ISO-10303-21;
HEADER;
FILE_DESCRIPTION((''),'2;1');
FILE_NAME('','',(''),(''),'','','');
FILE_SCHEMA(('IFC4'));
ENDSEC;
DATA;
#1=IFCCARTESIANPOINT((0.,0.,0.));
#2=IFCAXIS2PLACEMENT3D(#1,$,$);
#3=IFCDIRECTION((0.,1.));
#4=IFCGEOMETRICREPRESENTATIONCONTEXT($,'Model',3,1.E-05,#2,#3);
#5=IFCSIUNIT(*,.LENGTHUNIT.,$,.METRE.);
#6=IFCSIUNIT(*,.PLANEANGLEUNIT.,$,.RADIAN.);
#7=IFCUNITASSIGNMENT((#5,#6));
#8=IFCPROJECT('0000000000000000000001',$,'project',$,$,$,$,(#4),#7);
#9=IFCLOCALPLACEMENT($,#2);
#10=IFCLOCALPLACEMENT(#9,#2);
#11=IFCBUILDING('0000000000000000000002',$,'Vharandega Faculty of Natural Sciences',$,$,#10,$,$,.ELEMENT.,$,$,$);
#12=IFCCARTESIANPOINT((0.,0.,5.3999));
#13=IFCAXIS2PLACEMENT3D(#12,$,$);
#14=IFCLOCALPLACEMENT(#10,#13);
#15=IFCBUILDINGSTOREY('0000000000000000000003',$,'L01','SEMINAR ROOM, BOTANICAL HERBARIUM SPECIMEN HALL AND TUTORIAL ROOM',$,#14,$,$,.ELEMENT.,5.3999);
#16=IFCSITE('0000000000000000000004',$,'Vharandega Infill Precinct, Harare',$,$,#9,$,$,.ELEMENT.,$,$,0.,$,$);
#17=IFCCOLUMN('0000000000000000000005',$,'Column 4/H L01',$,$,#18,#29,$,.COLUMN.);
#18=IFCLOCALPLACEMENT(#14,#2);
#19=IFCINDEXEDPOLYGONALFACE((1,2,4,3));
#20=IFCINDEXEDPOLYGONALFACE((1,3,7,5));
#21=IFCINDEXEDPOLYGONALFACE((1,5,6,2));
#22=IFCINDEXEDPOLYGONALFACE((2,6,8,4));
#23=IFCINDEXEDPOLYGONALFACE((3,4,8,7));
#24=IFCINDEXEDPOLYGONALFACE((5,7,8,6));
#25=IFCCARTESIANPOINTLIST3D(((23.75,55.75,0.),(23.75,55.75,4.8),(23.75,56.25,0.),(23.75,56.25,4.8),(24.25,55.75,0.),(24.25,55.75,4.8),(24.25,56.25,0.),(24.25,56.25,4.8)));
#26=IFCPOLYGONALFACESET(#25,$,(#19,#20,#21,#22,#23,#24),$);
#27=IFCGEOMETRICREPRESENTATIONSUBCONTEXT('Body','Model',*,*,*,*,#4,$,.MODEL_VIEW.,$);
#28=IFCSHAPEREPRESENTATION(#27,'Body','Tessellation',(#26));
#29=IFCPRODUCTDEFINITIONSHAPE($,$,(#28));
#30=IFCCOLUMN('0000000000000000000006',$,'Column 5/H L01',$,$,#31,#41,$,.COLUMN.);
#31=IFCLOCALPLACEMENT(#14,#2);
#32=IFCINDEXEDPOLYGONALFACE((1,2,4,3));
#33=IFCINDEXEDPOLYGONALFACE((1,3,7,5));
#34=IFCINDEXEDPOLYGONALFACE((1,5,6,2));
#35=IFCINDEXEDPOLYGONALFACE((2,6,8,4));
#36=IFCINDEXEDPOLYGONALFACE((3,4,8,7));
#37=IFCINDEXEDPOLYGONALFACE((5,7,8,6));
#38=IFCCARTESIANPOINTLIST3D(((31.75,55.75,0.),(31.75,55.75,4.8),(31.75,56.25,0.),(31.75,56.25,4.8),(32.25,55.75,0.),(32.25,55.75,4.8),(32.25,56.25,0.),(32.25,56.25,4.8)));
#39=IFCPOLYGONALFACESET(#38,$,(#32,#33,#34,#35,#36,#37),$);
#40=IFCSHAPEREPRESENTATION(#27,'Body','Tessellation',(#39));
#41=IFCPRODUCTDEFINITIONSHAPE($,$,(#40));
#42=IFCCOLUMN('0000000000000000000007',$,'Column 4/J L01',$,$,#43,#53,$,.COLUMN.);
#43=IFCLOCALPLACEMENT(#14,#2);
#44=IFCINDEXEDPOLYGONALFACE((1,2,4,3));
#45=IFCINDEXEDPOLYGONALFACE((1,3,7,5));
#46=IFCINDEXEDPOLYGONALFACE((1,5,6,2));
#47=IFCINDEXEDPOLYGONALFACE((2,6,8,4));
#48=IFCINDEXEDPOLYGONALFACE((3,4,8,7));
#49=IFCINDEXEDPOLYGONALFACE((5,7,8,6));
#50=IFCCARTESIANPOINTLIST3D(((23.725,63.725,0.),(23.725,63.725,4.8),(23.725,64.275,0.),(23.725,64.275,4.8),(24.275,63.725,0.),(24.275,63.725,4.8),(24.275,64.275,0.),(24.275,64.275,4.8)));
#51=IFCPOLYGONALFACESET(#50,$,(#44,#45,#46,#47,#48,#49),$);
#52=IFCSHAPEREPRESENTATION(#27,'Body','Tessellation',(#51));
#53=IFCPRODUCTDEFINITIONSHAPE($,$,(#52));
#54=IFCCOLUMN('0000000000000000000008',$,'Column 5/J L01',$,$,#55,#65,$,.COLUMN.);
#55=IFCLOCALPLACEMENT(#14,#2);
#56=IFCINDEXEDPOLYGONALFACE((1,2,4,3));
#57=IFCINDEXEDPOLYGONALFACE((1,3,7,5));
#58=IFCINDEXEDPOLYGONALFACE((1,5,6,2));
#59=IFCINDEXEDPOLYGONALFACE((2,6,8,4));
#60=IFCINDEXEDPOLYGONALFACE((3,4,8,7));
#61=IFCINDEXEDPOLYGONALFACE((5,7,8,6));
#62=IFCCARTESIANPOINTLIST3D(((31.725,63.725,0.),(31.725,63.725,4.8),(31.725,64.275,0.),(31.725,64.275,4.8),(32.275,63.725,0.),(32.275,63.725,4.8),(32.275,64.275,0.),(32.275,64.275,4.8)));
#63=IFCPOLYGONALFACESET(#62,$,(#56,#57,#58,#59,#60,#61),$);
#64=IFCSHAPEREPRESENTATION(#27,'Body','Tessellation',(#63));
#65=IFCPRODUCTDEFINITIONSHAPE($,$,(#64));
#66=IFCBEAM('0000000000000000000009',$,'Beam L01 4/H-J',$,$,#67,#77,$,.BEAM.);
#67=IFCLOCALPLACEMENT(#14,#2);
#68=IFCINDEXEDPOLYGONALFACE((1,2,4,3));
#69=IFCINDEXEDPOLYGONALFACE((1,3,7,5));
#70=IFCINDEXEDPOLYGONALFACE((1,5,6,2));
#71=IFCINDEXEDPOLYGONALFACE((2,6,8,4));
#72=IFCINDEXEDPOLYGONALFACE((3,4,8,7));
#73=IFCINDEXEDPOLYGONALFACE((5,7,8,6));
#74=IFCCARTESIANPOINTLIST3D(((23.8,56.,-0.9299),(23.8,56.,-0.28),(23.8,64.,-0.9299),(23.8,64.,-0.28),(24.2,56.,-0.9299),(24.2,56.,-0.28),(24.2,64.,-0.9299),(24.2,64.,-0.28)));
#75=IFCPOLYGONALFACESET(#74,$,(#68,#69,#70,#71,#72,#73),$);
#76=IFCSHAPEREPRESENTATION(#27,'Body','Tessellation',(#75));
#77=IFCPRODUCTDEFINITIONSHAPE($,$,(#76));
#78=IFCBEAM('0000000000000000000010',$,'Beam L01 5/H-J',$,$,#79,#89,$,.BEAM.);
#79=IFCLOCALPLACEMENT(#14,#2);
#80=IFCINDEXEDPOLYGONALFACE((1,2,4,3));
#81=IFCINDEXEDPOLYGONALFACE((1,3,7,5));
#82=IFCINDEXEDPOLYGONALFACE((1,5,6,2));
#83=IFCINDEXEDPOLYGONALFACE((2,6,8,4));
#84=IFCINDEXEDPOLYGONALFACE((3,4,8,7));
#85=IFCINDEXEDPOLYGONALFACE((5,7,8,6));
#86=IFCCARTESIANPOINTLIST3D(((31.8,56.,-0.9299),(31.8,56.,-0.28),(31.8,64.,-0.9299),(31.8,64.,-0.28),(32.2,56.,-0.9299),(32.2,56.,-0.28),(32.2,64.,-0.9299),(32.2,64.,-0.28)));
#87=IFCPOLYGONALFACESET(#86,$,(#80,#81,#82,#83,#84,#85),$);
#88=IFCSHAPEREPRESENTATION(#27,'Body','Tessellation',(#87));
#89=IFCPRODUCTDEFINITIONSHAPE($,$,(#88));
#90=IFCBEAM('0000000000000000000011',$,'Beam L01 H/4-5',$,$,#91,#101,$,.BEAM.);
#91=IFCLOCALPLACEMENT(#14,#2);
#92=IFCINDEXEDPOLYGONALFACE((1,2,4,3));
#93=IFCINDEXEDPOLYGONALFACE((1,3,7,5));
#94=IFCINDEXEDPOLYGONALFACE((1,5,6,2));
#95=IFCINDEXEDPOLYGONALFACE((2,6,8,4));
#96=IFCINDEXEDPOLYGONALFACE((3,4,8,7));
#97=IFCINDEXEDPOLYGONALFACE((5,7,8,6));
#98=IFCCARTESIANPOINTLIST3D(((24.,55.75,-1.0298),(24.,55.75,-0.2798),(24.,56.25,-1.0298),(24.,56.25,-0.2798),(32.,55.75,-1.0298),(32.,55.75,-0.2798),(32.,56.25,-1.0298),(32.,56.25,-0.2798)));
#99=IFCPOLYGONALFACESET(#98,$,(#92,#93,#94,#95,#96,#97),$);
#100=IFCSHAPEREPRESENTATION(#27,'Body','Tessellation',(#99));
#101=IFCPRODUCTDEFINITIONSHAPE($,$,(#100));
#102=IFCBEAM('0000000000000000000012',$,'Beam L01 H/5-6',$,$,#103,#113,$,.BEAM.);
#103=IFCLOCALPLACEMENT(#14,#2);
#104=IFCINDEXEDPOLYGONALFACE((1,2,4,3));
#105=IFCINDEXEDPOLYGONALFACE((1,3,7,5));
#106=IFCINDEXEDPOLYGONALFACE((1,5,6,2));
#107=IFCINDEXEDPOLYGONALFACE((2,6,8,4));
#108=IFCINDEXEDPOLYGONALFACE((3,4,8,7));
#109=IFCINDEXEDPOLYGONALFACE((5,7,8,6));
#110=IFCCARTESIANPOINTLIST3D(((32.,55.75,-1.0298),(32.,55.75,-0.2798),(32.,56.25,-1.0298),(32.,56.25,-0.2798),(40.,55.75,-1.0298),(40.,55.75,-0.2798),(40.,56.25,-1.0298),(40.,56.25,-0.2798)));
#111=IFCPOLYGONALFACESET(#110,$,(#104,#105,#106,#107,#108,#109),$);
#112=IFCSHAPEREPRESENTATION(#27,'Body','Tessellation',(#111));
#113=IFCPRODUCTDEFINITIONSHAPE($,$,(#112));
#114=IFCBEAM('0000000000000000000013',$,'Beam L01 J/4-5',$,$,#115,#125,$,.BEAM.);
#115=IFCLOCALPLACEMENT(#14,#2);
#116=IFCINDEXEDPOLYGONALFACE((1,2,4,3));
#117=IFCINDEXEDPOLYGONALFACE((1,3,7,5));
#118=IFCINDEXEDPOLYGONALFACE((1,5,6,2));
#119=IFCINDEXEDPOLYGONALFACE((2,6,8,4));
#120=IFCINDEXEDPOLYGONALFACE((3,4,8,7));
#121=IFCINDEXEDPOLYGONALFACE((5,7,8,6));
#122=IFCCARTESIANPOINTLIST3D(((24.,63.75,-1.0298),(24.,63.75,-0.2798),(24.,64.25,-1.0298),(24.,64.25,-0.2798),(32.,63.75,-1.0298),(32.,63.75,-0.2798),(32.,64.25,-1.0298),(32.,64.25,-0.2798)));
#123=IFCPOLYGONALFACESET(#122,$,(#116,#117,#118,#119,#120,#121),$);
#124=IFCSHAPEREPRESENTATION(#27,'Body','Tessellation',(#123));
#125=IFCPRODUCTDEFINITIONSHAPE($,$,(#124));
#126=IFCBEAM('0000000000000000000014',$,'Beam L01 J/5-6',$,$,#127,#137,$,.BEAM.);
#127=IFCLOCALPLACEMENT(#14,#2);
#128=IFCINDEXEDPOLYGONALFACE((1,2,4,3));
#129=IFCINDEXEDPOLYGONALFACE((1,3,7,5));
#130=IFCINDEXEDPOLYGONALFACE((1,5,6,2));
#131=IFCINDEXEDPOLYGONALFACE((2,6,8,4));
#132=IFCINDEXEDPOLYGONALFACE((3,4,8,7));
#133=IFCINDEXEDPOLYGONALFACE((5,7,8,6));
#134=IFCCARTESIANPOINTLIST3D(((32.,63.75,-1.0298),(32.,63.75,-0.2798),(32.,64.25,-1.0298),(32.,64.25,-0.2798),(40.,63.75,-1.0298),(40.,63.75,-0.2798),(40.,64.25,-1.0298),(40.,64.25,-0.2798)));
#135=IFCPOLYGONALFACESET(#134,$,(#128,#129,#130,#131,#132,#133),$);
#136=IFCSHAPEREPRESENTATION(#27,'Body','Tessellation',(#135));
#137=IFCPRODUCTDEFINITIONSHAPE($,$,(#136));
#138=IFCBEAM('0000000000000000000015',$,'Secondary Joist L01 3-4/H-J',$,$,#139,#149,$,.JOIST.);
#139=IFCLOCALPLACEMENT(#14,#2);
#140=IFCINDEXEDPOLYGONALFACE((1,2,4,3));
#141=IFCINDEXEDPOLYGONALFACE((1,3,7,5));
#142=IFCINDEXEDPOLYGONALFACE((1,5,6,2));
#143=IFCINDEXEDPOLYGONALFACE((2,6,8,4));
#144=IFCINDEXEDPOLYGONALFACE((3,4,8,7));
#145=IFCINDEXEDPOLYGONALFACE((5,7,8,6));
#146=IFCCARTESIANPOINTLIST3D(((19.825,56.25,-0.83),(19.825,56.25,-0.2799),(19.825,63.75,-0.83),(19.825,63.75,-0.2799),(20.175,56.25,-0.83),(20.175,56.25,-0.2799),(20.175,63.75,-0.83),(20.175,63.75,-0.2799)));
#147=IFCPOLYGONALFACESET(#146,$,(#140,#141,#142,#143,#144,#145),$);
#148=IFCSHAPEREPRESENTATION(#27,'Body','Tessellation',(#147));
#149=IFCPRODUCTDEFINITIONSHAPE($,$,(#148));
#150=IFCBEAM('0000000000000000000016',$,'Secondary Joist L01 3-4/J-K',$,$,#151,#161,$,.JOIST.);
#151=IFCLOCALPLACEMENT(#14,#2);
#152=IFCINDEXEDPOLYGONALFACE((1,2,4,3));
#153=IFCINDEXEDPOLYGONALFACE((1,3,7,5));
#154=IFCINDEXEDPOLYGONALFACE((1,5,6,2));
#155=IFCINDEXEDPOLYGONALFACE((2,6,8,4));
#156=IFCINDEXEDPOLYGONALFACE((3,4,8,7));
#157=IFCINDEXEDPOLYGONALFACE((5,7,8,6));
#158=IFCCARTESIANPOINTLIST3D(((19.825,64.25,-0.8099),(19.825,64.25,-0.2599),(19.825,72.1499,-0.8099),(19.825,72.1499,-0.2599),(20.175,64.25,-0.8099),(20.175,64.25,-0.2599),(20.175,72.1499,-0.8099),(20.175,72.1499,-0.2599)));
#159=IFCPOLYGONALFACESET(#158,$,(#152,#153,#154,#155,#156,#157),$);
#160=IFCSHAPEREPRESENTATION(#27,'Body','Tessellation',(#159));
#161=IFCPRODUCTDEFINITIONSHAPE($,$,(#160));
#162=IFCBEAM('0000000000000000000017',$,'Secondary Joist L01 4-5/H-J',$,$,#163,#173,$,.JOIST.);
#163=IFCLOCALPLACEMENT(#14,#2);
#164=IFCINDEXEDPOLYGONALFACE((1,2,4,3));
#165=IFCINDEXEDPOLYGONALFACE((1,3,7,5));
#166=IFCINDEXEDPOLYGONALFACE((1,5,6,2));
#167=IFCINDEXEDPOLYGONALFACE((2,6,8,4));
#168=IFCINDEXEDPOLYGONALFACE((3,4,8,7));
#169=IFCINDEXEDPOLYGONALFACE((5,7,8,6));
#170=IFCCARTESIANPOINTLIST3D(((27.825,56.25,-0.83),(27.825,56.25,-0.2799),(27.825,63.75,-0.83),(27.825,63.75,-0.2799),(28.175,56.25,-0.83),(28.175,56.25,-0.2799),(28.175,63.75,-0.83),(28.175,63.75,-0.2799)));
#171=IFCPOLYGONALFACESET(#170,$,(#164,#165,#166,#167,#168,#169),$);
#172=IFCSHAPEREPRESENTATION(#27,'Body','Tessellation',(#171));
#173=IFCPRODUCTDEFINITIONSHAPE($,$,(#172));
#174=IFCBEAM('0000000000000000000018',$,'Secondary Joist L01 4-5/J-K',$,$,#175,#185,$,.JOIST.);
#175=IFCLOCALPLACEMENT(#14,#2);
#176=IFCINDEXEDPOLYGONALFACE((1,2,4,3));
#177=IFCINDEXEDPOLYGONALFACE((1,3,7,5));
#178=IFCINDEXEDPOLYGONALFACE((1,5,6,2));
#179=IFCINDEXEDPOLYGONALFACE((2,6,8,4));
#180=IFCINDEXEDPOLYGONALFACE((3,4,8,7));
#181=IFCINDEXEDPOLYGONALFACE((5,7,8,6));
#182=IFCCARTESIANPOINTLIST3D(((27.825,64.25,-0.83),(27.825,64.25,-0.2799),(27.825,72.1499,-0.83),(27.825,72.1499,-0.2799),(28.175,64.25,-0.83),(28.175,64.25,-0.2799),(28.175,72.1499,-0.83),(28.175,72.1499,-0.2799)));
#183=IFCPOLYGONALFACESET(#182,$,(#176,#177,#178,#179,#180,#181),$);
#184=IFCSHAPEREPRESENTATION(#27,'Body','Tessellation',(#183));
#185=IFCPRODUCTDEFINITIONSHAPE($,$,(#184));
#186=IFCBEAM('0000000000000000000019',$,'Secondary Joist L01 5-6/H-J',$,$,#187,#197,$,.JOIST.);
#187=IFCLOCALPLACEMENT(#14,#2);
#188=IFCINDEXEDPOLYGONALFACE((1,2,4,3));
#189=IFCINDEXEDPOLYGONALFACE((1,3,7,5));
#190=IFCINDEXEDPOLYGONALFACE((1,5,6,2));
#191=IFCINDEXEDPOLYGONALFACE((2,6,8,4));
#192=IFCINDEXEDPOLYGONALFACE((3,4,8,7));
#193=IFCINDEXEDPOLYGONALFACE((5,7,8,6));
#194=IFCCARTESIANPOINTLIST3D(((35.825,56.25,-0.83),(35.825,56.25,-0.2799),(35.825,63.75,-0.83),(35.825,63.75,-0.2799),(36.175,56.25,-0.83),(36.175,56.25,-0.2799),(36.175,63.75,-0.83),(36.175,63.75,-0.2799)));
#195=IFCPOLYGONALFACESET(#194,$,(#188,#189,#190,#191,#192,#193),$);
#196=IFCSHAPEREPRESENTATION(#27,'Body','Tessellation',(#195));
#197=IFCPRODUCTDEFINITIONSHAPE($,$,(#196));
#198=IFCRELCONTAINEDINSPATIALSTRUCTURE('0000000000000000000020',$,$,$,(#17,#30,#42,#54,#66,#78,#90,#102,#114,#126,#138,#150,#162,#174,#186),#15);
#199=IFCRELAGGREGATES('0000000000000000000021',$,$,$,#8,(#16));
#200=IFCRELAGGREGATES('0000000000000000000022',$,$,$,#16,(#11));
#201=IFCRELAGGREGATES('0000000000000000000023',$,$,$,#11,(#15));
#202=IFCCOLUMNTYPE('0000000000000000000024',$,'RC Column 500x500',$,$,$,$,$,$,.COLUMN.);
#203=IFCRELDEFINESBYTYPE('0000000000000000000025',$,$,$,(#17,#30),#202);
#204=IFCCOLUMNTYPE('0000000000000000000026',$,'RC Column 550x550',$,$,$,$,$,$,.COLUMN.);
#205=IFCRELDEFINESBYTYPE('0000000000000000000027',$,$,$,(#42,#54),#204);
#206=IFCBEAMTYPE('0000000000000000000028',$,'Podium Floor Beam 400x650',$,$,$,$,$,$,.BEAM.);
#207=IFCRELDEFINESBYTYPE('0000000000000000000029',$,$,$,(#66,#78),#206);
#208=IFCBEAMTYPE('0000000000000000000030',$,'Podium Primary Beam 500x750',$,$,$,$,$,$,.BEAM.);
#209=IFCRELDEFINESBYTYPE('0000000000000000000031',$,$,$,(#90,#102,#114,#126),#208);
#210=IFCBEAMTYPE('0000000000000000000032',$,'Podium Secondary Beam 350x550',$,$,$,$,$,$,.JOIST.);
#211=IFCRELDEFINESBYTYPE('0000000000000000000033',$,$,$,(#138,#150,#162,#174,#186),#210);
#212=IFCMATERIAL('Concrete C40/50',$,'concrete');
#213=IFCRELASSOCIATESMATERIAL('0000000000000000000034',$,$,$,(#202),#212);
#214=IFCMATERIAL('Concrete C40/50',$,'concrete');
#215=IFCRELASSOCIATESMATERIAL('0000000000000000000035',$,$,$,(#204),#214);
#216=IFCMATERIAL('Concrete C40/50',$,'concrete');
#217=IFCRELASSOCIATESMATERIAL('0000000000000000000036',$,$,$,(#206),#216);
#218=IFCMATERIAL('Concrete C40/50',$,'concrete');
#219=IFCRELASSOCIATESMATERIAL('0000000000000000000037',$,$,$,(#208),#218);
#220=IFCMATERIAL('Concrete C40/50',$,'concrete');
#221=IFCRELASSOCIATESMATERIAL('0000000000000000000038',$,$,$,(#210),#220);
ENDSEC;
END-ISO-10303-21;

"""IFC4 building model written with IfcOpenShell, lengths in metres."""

from ifc_helpers import new_model, si_unit, direction, frame, origin, origin_2d, place, context, subcontext, project, spatial, rectangle, extrude, material, material_profile, profile_set, type_object, element, save


model = new_model("IFC4")

# Units and contexts
model_context = context("Model", 3, precision=1e-05, world=origin(), true_north=direction((0.0, 1.0)))
body_context = subcontext(model_context, "Body", "Model", "MODEL_VIEW")
ifc_project = project(units=[si_unit("LENGTHUNIT", "METRE"), si_unit("PLANEANGLEUNIT", "RADIAN")], contexts=[model_context])

# Site, building, storey
site_placement = place(None, origin())
site = spatial("IfcSite", under=ifc_project, at=site_placement, Name="Vharandega Infill Precinct, Harare", CompositionType="ELEMENT", RefElevation=0.0)
building_placement = place(site_placement, origin())
building = spatial("IfcBuilding", under=site, at=building_placement, Name="Vharandega Faculty of Natural Sciences", CompositionType="ELEMENT")
storey_placement = place(building_placement, frame((0.0, 0.0, 5.3999)))
storey = spatial("IfcBuildingStorey", under=building, at=storey_placement, Name="L01", Description="SEMINAR ROOM, BOTANICAL HERBARIUM SPECIMEN HALL AND TUTORIAL ROOM", CompositionType="ELEMENT", Elevation=5.3999)

# Columns
ifc_material_1 = material(Name="Concrete C40/50", Category="concrete")
ifc_material_profile_1 = material_profile(ifc_material_1, rectangle(XDim=0.5, YDim=0.5, at=origin_2d()), Name="RC 500x500")
ifc_profile_set_1 = profile_set([ifc_material_profile_1], Name="Concrete C40/50")
column_type_1 = type_object("IfcColumnType", Name="RC Column 500x500", PredefinedType="COLUMN", material=ifc_profile_set_1)
for number, where, z_axis, x_axis, name in (
    (1, (24.0, 56.0, 0.0), (0.0, 0.0, 1.0), (1.0, 0.0, 0.0), "Column 4/H L01"),
    (2, (32.0, 56.0, 0.0), (0.0, 0.0, 1.0), (1.0, 0.0, 0.0), "Column 5/H L01"),
):
    element("IfcColumn", number, at=place(storey_placement, frame(where, z_axis=z_axis, x_axis=x_axis)), inside=storey, type_object=column_type_1, Name=name, PredefinedType="COLUMN", context=body_context, shape_type="SweptSolid", body=[
        extrude(rectangle(XDim=0.5, YDim=0.5, at=origin_2d()), origin(), (0.0, 0.0, 1.0), 4.8),
    ])
ifc_material_2 = material(Name="Concrete C40/50", Category="concrete")
ifc_material_profile_2 = material_profile(ifc_material_2, rectangle(XDim=0.55, YDim=0.55, at=origin_2d()), Name="RC 550x550")
ifc_profile_set_2 = profile_set([ifc_material_profile_2], Name="Concrete C40/50")
column_type_2 = type_object("IfcColumnType", Name="RC Column 550x550", PredefinedType="COLUMN", material=ifc_profile_set_2)
for number, where, z_axis, x_axis, name in (
    (3, (24.0, 64.0, 0.0), (0.0, 0.0, 1.0), (1.0, 0.0, 0.0), "Column 4/J L01"),
    (4, (32.0, 64.0, 0.0), (0.0, 0.0, 1.0), (1.0, 0.0, 0.0), "Column 5/J L01"),
):
    element("IfcColumn", number, at=place(storey_placement, frame(where, z_axis=z_axis, x_axis=x_axis)), inside=storey, type_object=column_type_2, Name=name, PredefinedType="COLUMN", context=body_context, shape_type="SweptSolid", body=[
        extrude(rectangle(XDim=0.55, YDim=0.55, at=origin_2d()), origin(), (0.0, 0.0, 1.0), 4.8),
    ])

# Beams
ifc_material_3 = material(Name="Concrete C40/50", Category="concrete")
ifc_material_profile_3 = material_profile(ifc_material_3, rectangle(XDim=0.3999, YDim=0.6499, at=origin_2d()), Name="RC 400x650")
ifc_profile_set_3 = profile_set([ifc_material_profile_3], Name="Concrete C40/50")
beam_type_1 = type_object("IfcBeamType", Name="Podium Floor Beam 400x650", PredefinedType="BEAM", material=ifc_profile_set_3)
for number, where, z_axis, x_axis, name in (
    (5, (24.0, 56.0, -0.605), (0.0, 1.0, 0.0), (-1.0, 0.0, 0.0), "Beam L01 4/H-J"),
    (6, (32.0, 56.0, -0.605), (0.0, 1.0, 0.0), (-1.0, 0.0, 0.0), "Beam L01 5/H-J"),
):
    element("IfcBeam", number, at=place(storey_placement, frame(where, z_axis=z_axis, x_axis=x_axis)), inside=storey, type_object=beam_type_1, Name=name, PredefinedType="BEAM", context=body_context, shape_type="SweptSolid", body=[
        extrude(rectangle(XDim=0.3999, YDim=0.6499, at=origin_2d()), origin(), (0.0, 0.0, 1.0), 8.0),
    ])
ifc_material_4 = material(Name="Concrete C40/50", Category="concrete")
ifc_material_profile_4 = material_profile(ifc_material_4, rectangle(XDim=0.5, YDim=0.75, at=origin_2d()), Name="RC 500x750")
ifc_profile_set_4 = profile_set([ifc_material_profile_4], Name="Concrete C40/50")
beam_type_2 = type_object("IfcBeamType", Name="Podium Primary Beam 500x750", PredefinedType="BEAM", material=ifc_profile_set_4)
for number, where, z_axis, x_axis, name in (
    (7, (24.0, 56.0, -0.6548), (1.0, 0.0, 0.0), (0.0, 1.0, 0.0), "Beam L01 H/4-5"),
    (8, (32.0, 56.0, -0.6548), (1.0, 0.0, 0.0), (0.0, 1.0, 0.0), "Beam L01 H/5-6"),
    (9, (24.0, 64.0, -0.6548), (1.0, 0.0, 0.0), (0.0, 1.0, 0.0), "Beam L01 J/4-5"),
    (10, (32.0, 64.0, -0.6548), (1.0, 0.0, 0.0), (0.0, 1.0, 0.0), "Beam L01 J/5-6"),
):
    element("IfcBeam", number, at=place(storey_placement, frame(where, z_axis=z_axis, x_axis=x_axis)), inside=storey, type_object=beam_type_2, Name=name, PredefinedType="BEAM", context=body_context, shape_type="SweptSolid", body=[
        extrude(rectangle(XDim=0.5, YDim=0.75, at=origin_2d()), origin(), (0.0, 0.0, 1.0), 8.0),
    ])
ifc_material_5 = material(Name="Concrete C40/50", Category="concrete")
ifc_material_profile_5 = material_profile(ifc_material_5, rectangle(XDim=0.3501, YDim=0.55, at=origin_2d()), Name="RC 350x550")
ifc_profile_set_5 = profile_set([ifc_material_profile_5], Name="Concrete C40/50")
beam_type_3 = type_object("IfcBeamType", Name="Podium Secondary Beam 350x550", PredefinedType="JOIST", material=ifc_profile_set_5)
beam_1_placement = place(storey_placement, frame((20.0, 56.25, -0.5549), z_axis=(0.0, 1.0, 0.0), x_axis=(-1.0, 0.0, 0.0)))
element("IfcBeam", 11, at=beam_1_placement, inside=storey, type_object=beam_type_3, Name="Secondary Joist L01 3-4/H-J", PredefinedType="JOIST", context=body_context, shape_type="SweptSolid", body=[
    extrude(rectangle(XDim=0.3501, YDim=0.55, at=origin_2d()), origin(), (0.0, 0.0, 1.0), 7.5),
])
beam_2_placement = place(storey_placement, frame((20.0, 64.25, -0.5349), z_axis=(0.0, 1.0, 0.0), x_axis=(-1.0, 0.0, 0.0)))
element("IfcBeam", 12, at=beam_2_placement, inside=storey, type_object=beam_type_3, Name="Secondary Joist L01 3-4/J-K", PredefinedType="JOIST", context=body_context, shape_type="SweptSolid", body=[
    extrude(rectangle(XDim=0.3501, YDim=0.55, at=origin_2d()), origin(), (0.0, 0.0, 1.0), 7.8999),
])
beam_3_placement = place(storey_placement, frame((28.0, 56.25, -0.5549), z_axis=(0.0, 1.0, 0.0), x_axis=(-1.0, 0.0, 0.0)))
element("IfcBeam", 13, at=beam_3_placement, inside=storey, type_object=beam_type_3, Name="Secondary Joist L01 4-5/H-J", PredefinedType="JOIST", context=body_context, shape_type="SweptSolid", body=[
    extrude(rectangle(XDim=0.3501, YDim=0.55, at=origin_2d()), origin(), (0.0, 0.0, 1.0), 7.5),
])
beam_4_placement = place(storey_placement, frame((28.0, 64.25, -0.5549), z_axis=(0.0, 1.0, 0.0), x_axis=(-1.0, 0.0, 0.0)))
element("IfcBeam", 14, at=beam_4_placement, inside=storey, type_object=beam_type_3, Name="Secondary Joist L01 4-5/J-K", PredefinedType="JOIST", context=body_context, shape_type="SweptSolid", body=[
    extrude(rectangle(XDim=0.3501, YDim=0.55, at=origin_2d()), origin(), (0.0, 0.0, 1.0), 7.8999),
])
beam_5_placement = place(storey_placement, frame((36.0, 56.25, -0.5549), z_axis=(0.0, 1.0, 0.0), x_axis=(-1.0, 0.0, 0.0)))
element("IfcBeam", 15, at=beam_5_placement, inside=storey, type_object=beam_type_3, Name="Secondary Joist L01 5-6/H-J", PredefinedType="JOIST", context=body_context, shape_type="SweptSolid", body=[
    extrude(rectangle(XDim=0.3501, YDim=0.55, at=origin_2d()), origin(), (0.0, 0.0, 1.0), 7.5),
])

save(model, "model.ifc")
